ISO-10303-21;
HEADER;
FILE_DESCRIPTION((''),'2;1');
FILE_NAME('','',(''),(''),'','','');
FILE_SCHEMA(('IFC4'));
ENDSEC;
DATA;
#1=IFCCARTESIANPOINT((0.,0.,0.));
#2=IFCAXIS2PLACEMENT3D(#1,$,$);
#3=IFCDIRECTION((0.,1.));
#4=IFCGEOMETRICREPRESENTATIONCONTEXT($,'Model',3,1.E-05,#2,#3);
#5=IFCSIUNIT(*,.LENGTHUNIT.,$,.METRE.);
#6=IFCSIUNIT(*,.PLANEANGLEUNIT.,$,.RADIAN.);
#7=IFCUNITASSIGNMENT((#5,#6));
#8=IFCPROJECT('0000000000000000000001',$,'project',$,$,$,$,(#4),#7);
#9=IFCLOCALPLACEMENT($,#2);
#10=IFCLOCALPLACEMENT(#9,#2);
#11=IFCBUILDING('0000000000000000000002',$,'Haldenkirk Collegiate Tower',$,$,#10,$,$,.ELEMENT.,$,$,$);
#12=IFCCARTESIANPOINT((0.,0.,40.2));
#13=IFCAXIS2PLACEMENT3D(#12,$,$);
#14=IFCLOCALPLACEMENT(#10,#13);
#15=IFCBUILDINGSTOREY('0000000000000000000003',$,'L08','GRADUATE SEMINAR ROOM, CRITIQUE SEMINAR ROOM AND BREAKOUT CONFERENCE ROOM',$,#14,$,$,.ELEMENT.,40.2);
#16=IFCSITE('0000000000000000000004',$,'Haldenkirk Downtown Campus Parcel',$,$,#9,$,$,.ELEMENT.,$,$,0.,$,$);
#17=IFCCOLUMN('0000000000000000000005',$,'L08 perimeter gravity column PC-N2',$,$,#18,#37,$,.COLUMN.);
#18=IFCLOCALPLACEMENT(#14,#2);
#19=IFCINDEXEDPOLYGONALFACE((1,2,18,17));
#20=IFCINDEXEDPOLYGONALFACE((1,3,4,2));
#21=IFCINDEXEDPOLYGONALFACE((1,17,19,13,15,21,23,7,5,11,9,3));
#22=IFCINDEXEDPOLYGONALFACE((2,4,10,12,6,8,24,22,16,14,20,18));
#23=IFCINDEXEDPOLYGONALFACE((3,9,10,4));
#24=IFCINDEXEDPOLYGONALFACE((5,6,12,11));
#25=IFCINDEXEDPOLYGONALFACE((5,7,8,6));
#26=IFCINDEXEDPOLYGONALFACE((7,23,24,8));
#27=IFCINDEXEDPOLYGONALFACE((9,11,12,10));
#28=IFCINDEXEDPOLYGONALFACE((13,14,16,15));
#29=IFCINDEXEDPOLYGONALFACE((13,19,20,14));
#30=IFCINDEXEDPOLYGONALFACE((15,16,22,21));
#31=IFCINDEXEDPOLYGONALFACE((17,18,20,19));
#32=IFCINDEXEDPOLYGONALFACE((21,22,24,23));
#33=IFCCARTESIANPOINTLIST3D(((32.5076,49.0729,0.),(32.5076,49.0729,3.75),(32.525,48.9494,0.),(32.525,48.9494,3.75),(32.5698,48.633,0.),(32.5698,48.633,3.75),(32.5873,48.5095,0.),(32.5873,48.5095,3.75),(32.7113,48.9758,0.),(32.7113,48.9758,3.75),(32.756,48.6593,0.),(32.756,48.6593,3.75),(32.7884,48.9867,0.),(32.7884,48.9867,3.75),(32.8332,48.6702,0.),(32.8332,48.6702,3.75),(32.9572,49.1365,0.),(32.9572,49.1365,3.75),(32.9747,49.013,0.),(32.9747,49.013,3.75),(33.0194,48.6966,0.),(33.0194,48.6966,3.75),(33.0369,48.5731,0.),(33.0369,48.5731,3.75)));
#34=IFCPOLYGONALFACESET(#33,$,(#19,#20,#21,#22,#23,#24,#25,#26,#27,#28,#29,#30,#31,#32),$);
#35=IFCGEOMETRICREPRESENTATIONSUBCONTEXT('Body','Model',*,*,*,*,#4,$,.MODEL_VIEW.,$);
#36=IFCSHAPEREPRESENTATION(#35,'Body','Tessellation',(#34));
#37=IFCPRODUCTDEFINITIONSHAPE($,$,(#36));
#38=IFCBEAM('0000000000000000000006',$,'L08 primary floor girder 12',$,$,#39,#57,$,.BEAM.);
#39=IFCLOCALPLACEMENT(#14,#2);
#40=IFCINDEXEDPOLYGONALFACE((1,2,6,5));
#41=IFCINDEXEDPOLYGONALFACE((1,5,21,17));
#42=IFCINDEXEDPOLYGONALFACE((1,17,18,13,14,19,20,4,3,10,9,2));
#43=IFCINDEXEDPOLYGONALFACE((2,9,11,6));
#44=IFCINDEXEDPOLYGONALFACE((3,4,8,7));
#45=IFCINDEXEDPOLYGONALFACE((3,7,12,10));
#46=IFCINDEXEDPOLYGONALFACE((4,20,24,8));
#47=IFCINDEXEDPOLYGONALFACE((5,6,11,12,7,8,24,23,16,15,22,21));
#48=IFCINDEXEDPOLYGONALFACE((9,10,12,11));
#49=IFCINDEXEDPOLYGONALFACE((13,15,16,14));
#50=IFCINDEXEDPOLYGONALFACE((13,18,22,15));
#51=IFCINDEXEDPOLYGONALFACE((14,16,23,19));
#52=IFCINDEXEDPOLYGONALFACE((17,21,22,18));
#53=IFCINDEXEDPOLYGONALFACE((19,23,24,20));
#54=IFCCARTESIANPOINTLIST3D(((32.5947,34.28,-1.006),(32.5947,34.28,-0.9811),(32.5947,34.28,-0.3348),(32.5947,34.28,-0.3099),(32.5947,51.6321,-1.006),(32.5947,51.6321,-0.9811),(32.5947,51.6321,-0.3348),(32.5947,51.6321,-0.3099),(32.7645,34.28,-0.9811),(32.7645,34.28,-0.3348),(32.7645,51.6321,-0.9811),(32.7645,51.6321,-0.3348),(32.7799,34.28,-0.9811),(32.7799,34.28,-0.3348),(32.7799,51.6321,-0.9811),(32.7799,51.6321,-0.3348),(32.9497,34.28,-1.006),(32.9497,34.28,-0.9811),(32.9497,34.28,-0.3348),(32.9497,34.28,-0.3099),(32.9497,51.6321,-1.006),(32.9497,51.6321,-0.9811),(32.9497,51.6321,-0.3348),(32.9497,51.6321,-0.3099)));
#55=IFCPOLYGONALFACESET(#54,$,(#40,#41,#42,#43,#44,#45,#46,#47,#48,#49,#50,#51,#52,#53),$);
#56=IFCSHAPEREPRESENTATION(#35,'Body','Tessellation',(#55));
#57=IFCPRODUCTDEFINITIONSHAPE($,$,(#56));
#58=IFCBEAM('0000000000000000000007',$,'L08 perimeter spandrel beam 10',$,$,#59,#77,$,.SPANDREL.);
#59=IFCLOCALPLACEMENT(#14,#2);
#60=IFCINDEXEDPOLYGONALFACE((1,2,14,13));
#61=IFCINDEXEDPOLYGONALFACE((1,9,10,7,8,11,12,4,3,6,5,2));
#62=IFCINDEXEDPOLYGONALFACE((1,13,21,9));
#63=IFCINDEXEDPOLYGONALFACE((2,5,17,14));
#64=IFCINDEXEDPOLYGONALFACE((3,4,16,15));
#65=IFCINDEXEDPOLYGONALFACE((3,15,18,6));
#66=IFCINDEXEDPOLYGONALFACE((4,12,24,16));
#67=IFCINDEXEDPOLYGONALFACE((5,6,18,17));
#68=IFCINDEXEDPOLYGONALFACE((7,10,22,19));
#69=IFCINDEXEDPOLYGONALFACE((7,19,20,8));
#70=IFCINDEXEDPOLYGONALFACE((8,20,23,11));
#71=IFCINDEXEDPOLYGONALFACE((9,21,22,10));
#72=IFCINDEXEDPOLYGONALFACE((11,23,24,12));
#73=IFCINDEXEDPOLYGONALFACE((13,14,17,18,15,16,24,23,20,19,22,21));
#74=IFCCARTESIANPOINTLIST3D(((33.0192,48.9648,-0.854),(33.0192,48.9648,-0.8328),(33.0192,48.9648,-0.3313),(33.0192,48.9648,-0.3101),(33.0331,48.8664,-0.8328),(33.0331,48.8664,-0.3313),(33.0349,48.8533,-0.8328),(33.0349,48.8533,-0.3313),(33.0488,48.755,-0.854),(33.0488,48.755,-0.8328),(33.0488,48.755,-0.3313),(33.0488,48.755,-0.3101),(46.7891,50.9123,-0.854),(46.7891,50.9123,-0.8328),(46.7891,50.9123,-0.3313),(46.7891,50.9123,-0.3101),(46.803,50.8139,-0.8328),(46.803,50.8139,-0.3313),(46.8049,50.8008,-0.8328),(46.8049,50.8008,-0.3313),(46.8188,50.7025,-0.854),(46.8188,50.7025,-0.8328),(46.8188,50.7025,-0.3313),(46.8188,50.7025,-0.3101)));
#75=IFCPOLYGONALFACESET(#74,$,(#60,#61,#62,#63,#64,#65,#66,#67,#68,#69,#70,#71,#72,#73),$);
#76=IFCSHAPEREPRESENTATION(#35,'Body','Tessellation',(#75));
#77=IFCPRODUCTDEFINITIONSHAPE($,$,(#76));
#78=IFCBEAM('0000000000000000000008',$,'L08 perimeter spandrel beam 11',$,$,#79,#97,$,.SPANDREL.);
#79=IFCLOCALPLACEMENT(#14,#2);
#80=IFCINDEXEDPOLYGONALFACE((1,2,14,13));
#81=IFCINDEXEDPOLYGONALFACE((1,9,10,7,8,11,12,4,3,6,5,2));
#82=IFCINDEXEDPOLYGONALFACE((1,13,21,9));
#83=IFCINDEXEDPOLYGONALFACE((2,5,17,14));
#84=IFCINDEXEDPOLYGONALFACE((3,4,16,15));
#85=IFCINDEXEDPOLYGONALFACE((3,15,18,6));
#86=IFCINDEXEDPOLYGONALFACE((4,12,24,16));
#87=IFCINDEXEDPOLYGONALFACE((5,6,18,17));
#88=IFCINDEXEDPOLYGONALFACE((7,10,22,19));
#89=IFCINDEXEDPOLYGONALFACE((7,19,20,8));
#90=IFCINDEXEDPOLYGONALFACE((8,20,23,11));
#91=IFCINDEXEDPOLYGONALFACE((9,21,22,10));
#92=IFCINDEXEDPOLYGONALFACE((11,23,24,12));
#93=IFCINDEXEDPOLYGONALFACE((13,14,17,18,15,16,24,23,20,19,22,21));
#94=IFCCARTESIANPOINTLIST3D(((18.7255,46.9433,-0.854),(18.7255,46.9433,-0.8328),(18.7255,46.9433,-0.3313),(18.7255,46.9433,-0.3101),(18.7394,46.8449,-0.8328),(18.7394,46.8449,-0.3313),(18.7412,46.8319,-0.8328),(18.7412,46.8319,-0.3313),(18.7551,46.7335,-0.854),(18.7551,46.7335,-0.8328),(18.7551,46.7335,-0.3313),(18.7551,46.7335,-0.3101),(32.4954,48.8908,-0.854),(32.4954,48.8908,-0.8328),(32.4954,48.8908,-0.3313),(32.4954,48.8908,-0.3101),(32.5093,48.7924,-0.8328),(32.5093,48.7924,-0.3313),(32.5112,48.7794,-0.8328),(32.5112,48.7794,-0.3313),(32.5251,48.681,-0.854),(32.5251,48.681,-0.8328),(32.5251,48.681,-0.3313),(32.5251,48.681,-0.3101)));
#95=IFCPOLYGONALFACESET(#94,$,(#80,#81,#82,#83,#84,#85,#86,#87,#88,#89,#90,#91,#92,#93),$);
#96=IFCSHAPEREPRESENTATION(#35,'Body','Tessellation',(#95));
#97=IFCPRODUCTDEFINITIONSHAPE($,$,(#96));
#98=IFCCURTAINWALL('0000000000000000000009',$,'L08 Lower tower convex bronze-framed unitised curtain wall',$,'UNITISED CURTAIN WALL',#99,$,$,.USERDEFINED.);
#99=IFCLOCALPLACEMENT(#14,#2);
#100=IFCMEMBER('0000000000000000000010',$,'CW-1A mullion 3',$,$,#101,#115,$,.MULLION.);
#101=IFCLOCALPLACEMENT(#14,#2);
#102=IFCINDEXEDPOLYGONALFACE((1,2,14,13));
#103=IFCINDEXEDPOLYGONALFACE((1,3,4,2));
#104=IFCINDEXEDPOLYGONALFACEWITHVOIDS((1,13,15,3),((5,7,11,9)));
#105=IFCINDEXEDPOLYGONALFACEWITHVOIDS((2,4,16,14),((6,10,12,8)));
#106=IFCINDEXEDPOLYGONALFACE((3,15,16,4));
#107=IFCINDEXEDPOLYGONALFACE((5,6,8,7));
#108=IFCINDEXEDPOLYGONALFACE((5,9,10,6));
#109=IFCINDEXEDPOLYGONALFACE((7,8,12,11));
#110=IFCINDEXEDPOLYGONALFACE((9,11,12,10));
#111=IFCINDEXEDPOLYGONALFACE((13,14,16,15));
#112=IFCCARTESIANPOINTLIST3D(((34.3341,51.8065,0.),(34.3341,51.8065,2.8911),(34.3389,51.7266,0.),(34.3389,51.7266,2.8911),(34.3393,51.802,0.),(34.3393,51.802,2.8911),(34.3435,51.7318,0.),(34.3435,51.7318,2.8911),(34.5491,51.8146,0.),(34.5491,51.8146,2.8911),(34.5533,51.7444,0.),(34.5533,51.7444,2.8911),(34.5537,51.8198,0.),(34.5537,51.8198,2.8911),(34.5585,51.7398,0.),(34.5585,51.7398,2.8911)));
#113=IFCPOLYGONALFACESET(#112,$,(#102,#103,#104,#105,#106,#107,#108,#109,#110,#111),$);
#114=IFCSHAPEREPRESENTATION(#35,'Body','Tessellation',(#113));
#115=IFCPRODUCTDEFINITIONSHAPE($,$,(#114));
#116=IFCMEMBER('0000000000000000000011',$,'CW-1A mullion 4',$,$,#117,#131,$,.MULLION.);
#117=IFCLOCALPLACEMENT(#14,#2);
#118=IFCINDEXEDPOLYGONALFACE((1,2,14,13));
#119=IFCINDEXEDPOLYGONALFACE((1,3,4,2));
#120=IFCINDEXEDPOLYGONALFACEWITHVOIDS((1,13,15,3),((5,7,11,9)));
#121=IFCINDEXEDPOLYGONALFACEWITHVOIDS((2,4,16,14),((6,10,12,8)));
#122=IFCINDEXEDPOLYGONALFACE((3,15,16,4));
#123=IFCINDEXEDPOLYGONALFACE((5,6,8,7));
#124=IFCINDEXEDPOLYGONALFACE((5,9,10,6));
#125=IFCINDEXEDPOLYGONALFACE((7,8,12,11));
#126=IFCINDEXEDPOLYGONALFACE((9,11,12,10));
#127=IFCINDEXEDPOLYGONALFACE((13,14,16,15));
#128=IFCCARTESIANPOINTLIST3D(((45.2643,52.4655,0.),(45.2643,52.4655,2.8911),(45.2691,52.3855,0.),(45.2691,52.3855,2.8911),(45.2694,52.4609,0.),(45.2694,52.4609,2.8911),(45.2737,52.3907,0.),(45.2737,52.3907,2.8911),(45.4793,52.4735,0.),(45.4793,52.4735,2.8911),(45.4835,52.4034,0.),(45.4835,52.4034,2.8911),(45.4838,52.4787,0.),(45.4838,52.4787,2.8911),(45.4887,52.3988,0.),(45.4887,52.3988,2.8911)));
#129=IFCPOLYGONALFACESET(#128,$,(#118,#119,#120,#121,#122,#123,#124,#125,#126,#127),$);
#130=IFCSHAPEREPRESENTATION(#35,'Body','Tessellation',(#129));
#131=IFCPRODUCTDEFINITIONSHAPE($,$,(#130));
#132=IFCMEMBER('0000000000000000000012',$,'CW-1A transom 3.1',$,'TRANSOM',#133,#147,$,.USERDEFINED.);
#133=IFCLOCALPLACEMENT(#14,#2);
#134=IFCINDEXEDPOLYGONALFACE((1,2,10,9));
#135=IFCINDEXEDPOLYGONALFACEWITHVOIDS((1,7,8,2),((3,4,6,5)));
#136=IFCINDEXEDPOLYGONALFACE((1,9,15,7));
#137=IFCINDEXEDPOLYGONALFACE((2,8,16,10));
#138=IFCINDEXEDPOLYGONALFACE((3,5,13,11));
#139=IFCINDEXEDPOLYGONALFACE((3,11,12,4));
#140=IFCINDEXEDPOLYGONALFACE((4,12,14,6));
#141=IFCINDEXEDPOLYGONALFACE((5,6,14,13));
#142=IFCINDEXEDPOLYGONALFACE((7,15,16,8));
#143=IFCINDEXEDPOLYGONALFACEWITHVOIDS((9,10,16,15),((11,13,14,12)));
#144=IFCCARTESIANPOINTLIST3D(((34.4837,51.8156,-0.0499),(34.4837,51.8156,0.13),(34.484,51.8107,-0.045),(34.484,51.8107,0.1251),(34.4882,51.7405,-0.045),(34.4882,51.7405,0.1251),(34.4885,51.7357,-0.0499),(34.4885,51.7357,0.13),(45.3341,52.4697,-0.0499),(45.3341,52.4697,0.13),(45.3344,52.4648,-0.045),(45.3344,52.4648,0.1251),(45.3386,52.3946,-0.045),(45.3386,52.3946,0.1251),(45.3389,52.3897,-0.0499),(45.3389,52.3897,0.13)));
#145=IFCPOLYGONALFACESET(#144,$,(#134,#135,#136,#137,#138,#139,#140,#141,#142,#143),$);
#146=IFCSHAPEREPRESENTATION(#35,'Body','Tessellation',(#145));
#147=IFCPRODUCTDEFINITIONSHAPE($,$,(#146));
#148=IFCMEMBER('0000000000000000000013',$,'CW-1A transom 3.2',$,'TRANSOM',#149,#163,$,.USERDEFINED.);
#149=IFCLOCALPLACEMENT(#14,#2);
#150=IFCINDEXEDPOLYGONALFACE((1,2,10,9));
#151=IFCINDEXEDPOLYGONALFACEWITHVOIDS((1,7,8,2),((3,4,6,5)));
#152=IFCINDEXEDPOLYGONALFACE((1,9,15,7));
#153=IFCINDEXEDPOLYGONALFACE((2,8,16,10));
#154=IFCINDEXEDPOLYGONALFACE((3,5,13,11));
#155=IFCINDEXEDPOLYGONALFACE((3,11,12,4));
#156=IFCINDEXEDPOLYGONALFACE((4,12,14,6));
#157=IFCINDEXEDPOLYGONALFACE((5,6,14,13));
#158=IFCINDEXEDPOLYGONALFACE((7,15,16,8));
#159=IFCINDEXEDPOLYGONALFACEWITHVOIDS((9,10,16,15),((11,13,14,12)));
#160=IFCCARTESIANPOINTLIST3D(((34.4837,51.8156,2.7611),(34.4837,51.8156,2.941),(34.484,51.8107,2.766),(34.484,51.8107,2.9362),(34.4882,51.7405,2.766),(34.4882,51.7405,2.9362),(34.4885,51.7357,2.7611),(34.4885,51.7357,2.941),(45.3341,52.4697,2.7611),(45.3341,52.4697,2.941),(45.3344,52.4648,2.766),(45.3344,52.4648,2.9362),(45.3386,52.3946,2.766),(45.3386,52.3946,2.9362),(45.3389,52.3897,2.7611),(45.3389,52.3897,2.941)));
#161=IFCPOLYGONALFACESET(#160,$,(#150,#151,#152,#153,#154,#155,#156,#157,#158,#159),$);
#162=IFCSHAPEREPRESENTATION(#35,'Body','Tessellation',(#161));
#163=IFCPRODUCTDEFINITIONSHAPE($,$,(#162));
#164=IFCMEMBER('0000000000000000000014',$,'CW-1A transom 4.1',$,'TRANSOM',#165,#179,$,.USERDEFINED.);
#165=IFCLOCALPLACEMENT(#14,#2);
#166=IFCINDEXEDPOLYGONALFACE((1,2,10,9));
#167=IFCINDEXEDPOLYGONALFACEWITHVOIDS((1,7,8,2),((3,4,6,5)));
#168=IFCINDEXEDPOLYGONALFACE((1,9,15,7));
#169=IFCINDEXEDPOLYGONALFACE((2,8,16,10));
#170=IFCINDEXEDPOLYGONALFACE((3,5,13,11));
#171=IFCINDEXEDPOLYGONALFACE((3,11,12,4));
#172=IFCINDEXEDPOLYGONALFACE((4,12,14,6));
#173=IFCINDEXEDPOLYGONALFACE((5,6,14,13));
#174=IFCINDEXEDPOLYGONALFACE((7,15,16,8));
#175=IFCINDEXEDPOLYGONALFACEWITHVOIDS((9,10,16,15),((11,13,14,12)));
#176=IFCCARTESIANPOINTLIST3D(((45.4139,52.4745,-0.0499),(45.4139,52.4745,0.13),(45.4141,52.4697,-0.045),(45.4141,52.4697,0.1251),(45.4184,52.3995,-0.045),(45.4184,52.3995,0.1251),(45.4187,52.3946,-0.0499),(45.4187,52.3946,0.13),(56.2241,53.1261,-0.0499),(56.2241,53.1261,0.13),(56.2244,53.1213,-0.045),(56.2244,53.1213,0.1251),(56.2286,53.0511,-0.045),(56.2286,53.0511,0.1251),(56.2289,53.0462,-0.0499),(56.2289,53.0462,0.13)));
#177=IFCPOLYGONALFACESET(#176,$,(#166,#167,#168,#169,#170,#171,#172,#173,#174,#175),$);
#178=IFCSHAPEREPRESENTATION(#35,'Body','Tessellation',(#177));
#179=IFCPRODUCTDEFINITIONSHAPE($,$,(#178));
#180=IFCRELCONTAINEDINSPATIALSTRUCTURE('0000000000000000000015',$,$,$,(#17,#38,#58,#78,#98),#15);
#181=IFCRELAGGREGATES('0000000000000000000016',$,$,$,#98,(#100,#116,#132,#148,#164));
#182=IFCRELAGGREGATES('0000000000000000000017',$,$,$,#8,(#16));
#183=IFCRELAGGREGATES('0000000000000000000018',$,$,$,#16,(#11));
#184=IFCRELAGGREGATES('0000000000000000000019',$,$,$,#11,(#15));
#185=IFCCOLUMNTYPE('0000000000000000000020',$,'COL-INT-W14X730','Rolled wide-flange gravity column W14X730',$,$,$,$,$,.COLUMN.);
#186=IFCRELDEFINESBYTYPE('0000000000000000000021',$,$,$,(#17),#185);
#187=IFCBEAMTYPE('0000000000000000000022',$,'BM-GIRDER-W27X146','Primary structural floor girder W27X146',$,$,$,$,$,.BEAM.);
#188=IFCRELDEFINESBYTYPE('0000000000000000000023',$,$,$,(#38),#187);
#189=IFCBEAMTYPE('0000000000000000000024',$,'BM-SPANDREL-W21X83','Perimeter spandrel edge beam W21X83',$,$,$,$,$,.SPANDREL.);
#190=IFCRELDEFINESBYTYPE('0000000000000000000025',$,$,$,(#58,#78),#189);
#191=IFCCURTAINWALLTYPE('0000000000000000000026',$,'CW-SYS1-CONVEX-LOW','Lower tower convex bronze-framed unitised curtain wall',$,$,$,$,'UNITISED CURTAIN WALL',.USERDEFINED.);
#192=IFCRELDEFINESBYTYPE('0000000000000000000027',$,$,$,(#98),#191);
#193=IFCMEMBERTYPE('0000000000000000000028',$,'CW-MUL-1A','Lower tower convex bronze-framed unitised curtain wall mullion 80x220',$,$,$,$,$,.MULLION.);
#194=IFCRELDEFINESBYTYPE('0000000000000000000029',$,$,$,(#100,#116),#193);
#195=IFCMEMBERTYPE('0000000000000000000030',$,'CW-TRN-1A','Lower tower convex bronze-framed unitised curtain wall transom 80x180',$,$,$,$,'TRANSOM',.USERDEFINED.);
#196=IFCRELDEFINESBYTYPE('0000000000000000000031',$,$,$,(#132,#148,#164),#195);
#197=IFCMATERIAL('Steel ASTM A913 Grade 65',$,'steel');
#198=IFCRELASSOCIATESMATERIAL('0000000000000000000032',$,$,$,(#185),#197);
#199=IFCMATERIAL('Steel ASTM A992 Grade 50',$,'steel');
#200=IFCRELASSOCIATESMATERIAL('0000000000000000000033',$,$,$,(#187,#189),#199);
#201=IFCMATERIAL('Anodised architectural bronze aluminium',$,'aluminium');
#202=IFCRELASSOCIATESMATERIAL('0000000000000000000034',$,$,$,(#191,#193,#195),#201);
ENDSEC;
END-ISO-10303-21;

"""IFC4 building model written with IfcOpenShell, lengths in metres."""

from ifc_helpers import new_model, si_unit, direction, frame, origin, origin_2d, place, context, subcontext, project, spatial, hollow_rectangle, i_section, extrude, material, material_profile, profile_set, type_object, element, aggregate, save


model = new_model("IFC4")

# Units and contexts
model_context = context("Model", 3, precision=1e-05, world=origin(), true_north=direction((0.0, 1.0)))
body_context = subcontext(model_context, "Body", "Model", "MODEL_VIEW")
ifc_project = project(units=[si_unit("LENGTHUNIT", "METRE"), si_unit("PLANEANGLEUNIT", "RADIAN")], contexts=[model_context])

# Site, building, storey
site_placement = place(None, origin())
site = spatial("IfcSite", under=ifc_project, at=site_placement, Name="Haldenkirk Downtown Campus Parcel", CompositionType="ELEMENT", RefElevation=0.0)
building_placement = place(site_placement, origin())
building = spatial("IfcBuilding", under=site, at=building_placement, Name="Haldenkirk Collegiate Tower", CompositionType="ELEMENT")
storey_placement = place(building_placement, frame((0.0, 0.0, 40.2)))
storey = spatial("IfcBuildingStorey", under=building, at=storey_placement, Name="L08", Description="GRADUATE SEMINAR ROOM, CRITIQUE SEMINAR ROOM AND BREAKOUT CONFERENCE ROOM", CompositionType="ELEMENT", Elevation=40.2)

# Column
ifc_material_1 = material(Name="Steel ASTM A913 Grade 65", Category="steel")
ifc_material_profile_1 = material_profile(ifc_material_1, i_section(OverallWidth=0.4541, OverallDepth=0.5691, WebThickness=0.0779, FlangeThickness=0.1248, at=origin_2d()), Name="W14X730")
ifc_profile_set_1 = profile_set([ifc_material_profile_1], Name="Steel ASTM A913 Grade 65")
column_type = type_object("IfcColumnType", Name="COL-INT-W14X730", Description="Rolled wide-flange gravity column W14X730", PredefinedType="COLUMN", material=ifc_profile_set_1)
column_placement = place(storey_placement, frame((32.7722, 48.823, 0.0), z_axis=(0.0, 0.0, 1.0), x_axis=(0.990146, 0.140037, 0.0)))
element("IfcColumn", 1, at=column_placement, inside=storey, type_object=column_type, Name="L08 perimeter gravity column PC-N2", PredefinedType="COLUMN", context=body_context, shape_type="SweptSolid", body=[
    extrude(i_section(OverallWidth=0.4541, OverallDepth=0.5691, WebThickness=0.0779, FlangeThickness=0.1248, at=origin_2d()), origin(), (0.0, 0.0, 1.0), 3.75),
])

# Beams
ifc_material_2 = material(Name="Steel ASTM A992 Grade 50", Category="steel")
ifc_material_profile_2 = material_profile(ifc_material_2, i_section(OverallWidth=0.355, OverallDepth=0.696, WebThickness=0.0154, FlangeThickness=0.0249, at=origin_2d()), Name="W27X146")
ifc_profile_set_2 = profile_set([ifc_material_profile_2], Name="Steel ASTM A992 Grade 50")
beam_type_1 = type_object("IfcBeamType", Name="BM-GIRDER-W27X146", Description="Primary structural floor girder W27X146", PredefinedType="BEAM", material=ifc_profile_set_2)
beam_placement = place(storey_placement, frame((32.7722, 51.6321, -0.658), z_axis=(0.0, -1.0, 0.0), x_axis=(1.0, 0.0, 0.0)))
element("IfcBeam", 2, at=beam_placement, inside=storey, type_object=beam_type_1, Name="L08 primary floor girder 12", PredefinedType="BEAM", context=body_context, shape_type="SweptSolid", body=[
    extrude(i_section(OverallWidth=0.355, OverallDepth=0.696, WebThickness=0.0154, FlangeThickness=0.0249, at=origin_2d()), origin(), (0.0, 0.0, 1.0), 17.3521),
])
ifc_material_profile_3 = material_profile(ifc_material_2, i_section(OverallWidth=0.2119, OverallDepth=0.5439, WebThickness=0.0132, FlangeThickness=0.0212, at=origin_2d()), Name="W21X83")
ifc_profile_set_3 = profile_set([ifc_material_profile_3], Name="Steel ASTM A992 Grade 50")
beam_type_2 = type_object("IfcBeamType", Name="BM-SPANDREL-W21X83", Description="Perimeter spandrel edge beam W21X83", PredefinedType="SPANDREL", material=ifc_profile_set_3)
for number, where, z_axis, x_axis, name in (
    (3, (46.804, 50.8074, -0.582), (-0.990146, -0.140038, 0.0), (0.140038, -0.990146, 0.0), "L08 perimeter spandrel beam 10"),
    (4, (32.5103, 48.7859, -0.582), (-0.990146, -0.140038, 0.0), (0.140038, -0.990146, 0.0), "L08 perimeter spandrel beam 11"),
):
    element("IfcBeam", number, at=place(storey_placement, frame(where, z_axis=z_axis, x_axis=x_axis)), inside=storey, type_object=beam_type_2, Name=name, PredefinedType="SPANDREL", context=body_context, shape_type="SweptSolid", body=[
        extrude(i_section(OverallWidth=0.2119, OverallDepth=0.5439, WebThickness=0.0132, FlangeThickness=0.0212, at=origin_2d()), origin(), (0.0, 0.0, 1.0), 13.907),
    ])

# Curtain wall, members
ifc_material_3 = material(Name="Anodised architectural bronze aluminium", Category="aluminium")
curtain_wall_type = type_object("IfcCurtainWallType", Name="CW-SYS1-CONVEX-LOW", Description="Lower tower convex bronze-framed unitised curtain wall", ElementType="UNITISED CURTAIN WALL", PredefinedType="USERDEFINED", material=ifc_material_3)
curtain_wall_placement = place(storey_placement, origin())
curtain_wall = element("IfcCurtainWall", 5, at=curtain_wall_placement, inside=storey, type_object=curtain_wall_type, Name="L08 Lower tower convex bronze-framed unitised curtain wall", ObjectType="UNITISED CURTAIN WALL", PredefinedType="USERDEFINED")
ifc_material_profile_4 = material_profile(ifc_material_3, hollow_rectangle(XDim=0.0801, YDim=0.22, WallThickness=0.0049, at=origin_2d()), Name="CW-MUL-1A")
ifc_profile_set_4 = profile_set([ifc_material_profile_4], Name="Anodised architectural bronze aluminium")
member_type_1 = type_object("IfcMemberType", Name="CW-MUL-1A", Description="Lower tower convex bronze-framed unitised curtain wall mullion 80x220", PredefinedType="MULLION", material=ifc_profile_set_4)
member_1_placement = place(storey_placement, frame((34.4463, 51.7732, 0.0), z_axis=(0.0, 0.0, 1.0), x_axis=(-0.060176, 0.998188, 0.0)))
member_1 = element("IfcMember", 6, at=member_1_placement, type_object=member_type_1, Name="CW-1A mullion 3", PredefinedType="MULLION", context=body_context, shape_type="SweptSolid", body=[
    extrude(hollow_rectangle(XDim=0.0801, YDim=0.22, WallThickness=0.0049, at=origin_2d()), origin(), (0.0, 0.0, 1.0), 2.8911),
])
member_2_placement = place(storey_placement, frame((45.3765, 52.4321, 0.0), z_axis=(0.0, 0.0, 1.0), x_axis=(-0.060176, 0.998188, 0.0)))
member_2 = element("IfcMember", 7, at=member_2_placement, type_object=member_type_1, Name="CW-1A mullion 4", PredefinedType="MULLION", context=body_context, shape_type="SweptSolid", body=[
    extrude(hollow_rectangle(XDim=0.0801, YDim=0.22, WallThickness=0.0049, at=origin_2d()), origin(), (0.0, 0.0, 1.0), 2.8911),
])
ifc_material_profile_5 = material_profile(ifc_material_3, hollow_rectangle(XDim=0.0801, YDim=0.1799, WallThickness=0.0049, at=origin_2d()), Name="CW-TRN-1A")
ifc_profile_set_5 = profile_set([ifc_material_profile_5], Name="Anodised architectural bronze aluminium")
member_type_2 = type_object("IfcMemberType", Name="CW-TRN-1A", Description="Lower tower convex bronze-framed unitised curtain wall transom 80x180", ElementType="TRANSOM", PredefinedType="USERDEFINED", material=ifc_profile_set_5)
member_3_placement = place(storey_placement, frame((34.4861, 51.7756, 0.04), z_axis=(0.998188, 0.06017, 0.0), x_axis=(-0.06017, 0.998188, 0.0)))
member_3 = element("IfcMember", 8, at=member_3_placement, type_object=member_type_2, Name="CW-1A transom 3.1", ObjectType="TRANSOM", PredefinedType="USERDEFINED", context=body_context, shape_type="SweptSolid", body=[
    extrude(hollow_rectangle(XDim=0.0801, YDim=0.1799, WallThickness=0.0049, at=origin_2d()), origin(), (0.0, 0.0, 1.0), 10.8701),
])
member_4_placement = place(storey_placement, frame((34.4861, 51.7756, 2.8511), z_axis=(0.998188, 0.06017, 0.0), x_axis=(-0.06017, 0.998188, 0.0)))
member_4 = element("IfcMember", 9, at=member_4_placement, type_object=member_type_2, Name="CW-1A transom 3.2", ObjectType="TRANSOM", PredefinedType="USERDEFINED", context=body_context, shape_type="SweptSolid", body=[
    extrude(hollow_rectangle(XDim=0.0801, YDim=0.1799, WallThickness=0.0049, at=origin_2d()), origin(), (0.0, 0.0, 1.0), 10.8701),
])
member_5_placement = place(storey_placement, frame((45.4163, 52.4346, 0.04), z_axis=(0.998188, 0.060168, 0.0), x_axis=(-0.060168, 0.998188, 0.0)))
member_5 = element("IfcMember", 10, at=member_5_placement, type_object=member_type_2, Name="CW-1A transom 4.1", ObjectType="TRANSOM", PredefinedType="USERDEFINED", context=body_context, shape_type="SweptSolid", body=[
    extrude(hollow_rectangle(XDim=0.0801, YDim=0.1799, WallThickness=0.0049, at=origin_2d()), origin(), (0.0, 0.0, 1.0), 10.8298),
])

aggregate(curtain_wall, [member_1, member_2, member_3, member_4, member_5])

save(model, "model.ifc")
